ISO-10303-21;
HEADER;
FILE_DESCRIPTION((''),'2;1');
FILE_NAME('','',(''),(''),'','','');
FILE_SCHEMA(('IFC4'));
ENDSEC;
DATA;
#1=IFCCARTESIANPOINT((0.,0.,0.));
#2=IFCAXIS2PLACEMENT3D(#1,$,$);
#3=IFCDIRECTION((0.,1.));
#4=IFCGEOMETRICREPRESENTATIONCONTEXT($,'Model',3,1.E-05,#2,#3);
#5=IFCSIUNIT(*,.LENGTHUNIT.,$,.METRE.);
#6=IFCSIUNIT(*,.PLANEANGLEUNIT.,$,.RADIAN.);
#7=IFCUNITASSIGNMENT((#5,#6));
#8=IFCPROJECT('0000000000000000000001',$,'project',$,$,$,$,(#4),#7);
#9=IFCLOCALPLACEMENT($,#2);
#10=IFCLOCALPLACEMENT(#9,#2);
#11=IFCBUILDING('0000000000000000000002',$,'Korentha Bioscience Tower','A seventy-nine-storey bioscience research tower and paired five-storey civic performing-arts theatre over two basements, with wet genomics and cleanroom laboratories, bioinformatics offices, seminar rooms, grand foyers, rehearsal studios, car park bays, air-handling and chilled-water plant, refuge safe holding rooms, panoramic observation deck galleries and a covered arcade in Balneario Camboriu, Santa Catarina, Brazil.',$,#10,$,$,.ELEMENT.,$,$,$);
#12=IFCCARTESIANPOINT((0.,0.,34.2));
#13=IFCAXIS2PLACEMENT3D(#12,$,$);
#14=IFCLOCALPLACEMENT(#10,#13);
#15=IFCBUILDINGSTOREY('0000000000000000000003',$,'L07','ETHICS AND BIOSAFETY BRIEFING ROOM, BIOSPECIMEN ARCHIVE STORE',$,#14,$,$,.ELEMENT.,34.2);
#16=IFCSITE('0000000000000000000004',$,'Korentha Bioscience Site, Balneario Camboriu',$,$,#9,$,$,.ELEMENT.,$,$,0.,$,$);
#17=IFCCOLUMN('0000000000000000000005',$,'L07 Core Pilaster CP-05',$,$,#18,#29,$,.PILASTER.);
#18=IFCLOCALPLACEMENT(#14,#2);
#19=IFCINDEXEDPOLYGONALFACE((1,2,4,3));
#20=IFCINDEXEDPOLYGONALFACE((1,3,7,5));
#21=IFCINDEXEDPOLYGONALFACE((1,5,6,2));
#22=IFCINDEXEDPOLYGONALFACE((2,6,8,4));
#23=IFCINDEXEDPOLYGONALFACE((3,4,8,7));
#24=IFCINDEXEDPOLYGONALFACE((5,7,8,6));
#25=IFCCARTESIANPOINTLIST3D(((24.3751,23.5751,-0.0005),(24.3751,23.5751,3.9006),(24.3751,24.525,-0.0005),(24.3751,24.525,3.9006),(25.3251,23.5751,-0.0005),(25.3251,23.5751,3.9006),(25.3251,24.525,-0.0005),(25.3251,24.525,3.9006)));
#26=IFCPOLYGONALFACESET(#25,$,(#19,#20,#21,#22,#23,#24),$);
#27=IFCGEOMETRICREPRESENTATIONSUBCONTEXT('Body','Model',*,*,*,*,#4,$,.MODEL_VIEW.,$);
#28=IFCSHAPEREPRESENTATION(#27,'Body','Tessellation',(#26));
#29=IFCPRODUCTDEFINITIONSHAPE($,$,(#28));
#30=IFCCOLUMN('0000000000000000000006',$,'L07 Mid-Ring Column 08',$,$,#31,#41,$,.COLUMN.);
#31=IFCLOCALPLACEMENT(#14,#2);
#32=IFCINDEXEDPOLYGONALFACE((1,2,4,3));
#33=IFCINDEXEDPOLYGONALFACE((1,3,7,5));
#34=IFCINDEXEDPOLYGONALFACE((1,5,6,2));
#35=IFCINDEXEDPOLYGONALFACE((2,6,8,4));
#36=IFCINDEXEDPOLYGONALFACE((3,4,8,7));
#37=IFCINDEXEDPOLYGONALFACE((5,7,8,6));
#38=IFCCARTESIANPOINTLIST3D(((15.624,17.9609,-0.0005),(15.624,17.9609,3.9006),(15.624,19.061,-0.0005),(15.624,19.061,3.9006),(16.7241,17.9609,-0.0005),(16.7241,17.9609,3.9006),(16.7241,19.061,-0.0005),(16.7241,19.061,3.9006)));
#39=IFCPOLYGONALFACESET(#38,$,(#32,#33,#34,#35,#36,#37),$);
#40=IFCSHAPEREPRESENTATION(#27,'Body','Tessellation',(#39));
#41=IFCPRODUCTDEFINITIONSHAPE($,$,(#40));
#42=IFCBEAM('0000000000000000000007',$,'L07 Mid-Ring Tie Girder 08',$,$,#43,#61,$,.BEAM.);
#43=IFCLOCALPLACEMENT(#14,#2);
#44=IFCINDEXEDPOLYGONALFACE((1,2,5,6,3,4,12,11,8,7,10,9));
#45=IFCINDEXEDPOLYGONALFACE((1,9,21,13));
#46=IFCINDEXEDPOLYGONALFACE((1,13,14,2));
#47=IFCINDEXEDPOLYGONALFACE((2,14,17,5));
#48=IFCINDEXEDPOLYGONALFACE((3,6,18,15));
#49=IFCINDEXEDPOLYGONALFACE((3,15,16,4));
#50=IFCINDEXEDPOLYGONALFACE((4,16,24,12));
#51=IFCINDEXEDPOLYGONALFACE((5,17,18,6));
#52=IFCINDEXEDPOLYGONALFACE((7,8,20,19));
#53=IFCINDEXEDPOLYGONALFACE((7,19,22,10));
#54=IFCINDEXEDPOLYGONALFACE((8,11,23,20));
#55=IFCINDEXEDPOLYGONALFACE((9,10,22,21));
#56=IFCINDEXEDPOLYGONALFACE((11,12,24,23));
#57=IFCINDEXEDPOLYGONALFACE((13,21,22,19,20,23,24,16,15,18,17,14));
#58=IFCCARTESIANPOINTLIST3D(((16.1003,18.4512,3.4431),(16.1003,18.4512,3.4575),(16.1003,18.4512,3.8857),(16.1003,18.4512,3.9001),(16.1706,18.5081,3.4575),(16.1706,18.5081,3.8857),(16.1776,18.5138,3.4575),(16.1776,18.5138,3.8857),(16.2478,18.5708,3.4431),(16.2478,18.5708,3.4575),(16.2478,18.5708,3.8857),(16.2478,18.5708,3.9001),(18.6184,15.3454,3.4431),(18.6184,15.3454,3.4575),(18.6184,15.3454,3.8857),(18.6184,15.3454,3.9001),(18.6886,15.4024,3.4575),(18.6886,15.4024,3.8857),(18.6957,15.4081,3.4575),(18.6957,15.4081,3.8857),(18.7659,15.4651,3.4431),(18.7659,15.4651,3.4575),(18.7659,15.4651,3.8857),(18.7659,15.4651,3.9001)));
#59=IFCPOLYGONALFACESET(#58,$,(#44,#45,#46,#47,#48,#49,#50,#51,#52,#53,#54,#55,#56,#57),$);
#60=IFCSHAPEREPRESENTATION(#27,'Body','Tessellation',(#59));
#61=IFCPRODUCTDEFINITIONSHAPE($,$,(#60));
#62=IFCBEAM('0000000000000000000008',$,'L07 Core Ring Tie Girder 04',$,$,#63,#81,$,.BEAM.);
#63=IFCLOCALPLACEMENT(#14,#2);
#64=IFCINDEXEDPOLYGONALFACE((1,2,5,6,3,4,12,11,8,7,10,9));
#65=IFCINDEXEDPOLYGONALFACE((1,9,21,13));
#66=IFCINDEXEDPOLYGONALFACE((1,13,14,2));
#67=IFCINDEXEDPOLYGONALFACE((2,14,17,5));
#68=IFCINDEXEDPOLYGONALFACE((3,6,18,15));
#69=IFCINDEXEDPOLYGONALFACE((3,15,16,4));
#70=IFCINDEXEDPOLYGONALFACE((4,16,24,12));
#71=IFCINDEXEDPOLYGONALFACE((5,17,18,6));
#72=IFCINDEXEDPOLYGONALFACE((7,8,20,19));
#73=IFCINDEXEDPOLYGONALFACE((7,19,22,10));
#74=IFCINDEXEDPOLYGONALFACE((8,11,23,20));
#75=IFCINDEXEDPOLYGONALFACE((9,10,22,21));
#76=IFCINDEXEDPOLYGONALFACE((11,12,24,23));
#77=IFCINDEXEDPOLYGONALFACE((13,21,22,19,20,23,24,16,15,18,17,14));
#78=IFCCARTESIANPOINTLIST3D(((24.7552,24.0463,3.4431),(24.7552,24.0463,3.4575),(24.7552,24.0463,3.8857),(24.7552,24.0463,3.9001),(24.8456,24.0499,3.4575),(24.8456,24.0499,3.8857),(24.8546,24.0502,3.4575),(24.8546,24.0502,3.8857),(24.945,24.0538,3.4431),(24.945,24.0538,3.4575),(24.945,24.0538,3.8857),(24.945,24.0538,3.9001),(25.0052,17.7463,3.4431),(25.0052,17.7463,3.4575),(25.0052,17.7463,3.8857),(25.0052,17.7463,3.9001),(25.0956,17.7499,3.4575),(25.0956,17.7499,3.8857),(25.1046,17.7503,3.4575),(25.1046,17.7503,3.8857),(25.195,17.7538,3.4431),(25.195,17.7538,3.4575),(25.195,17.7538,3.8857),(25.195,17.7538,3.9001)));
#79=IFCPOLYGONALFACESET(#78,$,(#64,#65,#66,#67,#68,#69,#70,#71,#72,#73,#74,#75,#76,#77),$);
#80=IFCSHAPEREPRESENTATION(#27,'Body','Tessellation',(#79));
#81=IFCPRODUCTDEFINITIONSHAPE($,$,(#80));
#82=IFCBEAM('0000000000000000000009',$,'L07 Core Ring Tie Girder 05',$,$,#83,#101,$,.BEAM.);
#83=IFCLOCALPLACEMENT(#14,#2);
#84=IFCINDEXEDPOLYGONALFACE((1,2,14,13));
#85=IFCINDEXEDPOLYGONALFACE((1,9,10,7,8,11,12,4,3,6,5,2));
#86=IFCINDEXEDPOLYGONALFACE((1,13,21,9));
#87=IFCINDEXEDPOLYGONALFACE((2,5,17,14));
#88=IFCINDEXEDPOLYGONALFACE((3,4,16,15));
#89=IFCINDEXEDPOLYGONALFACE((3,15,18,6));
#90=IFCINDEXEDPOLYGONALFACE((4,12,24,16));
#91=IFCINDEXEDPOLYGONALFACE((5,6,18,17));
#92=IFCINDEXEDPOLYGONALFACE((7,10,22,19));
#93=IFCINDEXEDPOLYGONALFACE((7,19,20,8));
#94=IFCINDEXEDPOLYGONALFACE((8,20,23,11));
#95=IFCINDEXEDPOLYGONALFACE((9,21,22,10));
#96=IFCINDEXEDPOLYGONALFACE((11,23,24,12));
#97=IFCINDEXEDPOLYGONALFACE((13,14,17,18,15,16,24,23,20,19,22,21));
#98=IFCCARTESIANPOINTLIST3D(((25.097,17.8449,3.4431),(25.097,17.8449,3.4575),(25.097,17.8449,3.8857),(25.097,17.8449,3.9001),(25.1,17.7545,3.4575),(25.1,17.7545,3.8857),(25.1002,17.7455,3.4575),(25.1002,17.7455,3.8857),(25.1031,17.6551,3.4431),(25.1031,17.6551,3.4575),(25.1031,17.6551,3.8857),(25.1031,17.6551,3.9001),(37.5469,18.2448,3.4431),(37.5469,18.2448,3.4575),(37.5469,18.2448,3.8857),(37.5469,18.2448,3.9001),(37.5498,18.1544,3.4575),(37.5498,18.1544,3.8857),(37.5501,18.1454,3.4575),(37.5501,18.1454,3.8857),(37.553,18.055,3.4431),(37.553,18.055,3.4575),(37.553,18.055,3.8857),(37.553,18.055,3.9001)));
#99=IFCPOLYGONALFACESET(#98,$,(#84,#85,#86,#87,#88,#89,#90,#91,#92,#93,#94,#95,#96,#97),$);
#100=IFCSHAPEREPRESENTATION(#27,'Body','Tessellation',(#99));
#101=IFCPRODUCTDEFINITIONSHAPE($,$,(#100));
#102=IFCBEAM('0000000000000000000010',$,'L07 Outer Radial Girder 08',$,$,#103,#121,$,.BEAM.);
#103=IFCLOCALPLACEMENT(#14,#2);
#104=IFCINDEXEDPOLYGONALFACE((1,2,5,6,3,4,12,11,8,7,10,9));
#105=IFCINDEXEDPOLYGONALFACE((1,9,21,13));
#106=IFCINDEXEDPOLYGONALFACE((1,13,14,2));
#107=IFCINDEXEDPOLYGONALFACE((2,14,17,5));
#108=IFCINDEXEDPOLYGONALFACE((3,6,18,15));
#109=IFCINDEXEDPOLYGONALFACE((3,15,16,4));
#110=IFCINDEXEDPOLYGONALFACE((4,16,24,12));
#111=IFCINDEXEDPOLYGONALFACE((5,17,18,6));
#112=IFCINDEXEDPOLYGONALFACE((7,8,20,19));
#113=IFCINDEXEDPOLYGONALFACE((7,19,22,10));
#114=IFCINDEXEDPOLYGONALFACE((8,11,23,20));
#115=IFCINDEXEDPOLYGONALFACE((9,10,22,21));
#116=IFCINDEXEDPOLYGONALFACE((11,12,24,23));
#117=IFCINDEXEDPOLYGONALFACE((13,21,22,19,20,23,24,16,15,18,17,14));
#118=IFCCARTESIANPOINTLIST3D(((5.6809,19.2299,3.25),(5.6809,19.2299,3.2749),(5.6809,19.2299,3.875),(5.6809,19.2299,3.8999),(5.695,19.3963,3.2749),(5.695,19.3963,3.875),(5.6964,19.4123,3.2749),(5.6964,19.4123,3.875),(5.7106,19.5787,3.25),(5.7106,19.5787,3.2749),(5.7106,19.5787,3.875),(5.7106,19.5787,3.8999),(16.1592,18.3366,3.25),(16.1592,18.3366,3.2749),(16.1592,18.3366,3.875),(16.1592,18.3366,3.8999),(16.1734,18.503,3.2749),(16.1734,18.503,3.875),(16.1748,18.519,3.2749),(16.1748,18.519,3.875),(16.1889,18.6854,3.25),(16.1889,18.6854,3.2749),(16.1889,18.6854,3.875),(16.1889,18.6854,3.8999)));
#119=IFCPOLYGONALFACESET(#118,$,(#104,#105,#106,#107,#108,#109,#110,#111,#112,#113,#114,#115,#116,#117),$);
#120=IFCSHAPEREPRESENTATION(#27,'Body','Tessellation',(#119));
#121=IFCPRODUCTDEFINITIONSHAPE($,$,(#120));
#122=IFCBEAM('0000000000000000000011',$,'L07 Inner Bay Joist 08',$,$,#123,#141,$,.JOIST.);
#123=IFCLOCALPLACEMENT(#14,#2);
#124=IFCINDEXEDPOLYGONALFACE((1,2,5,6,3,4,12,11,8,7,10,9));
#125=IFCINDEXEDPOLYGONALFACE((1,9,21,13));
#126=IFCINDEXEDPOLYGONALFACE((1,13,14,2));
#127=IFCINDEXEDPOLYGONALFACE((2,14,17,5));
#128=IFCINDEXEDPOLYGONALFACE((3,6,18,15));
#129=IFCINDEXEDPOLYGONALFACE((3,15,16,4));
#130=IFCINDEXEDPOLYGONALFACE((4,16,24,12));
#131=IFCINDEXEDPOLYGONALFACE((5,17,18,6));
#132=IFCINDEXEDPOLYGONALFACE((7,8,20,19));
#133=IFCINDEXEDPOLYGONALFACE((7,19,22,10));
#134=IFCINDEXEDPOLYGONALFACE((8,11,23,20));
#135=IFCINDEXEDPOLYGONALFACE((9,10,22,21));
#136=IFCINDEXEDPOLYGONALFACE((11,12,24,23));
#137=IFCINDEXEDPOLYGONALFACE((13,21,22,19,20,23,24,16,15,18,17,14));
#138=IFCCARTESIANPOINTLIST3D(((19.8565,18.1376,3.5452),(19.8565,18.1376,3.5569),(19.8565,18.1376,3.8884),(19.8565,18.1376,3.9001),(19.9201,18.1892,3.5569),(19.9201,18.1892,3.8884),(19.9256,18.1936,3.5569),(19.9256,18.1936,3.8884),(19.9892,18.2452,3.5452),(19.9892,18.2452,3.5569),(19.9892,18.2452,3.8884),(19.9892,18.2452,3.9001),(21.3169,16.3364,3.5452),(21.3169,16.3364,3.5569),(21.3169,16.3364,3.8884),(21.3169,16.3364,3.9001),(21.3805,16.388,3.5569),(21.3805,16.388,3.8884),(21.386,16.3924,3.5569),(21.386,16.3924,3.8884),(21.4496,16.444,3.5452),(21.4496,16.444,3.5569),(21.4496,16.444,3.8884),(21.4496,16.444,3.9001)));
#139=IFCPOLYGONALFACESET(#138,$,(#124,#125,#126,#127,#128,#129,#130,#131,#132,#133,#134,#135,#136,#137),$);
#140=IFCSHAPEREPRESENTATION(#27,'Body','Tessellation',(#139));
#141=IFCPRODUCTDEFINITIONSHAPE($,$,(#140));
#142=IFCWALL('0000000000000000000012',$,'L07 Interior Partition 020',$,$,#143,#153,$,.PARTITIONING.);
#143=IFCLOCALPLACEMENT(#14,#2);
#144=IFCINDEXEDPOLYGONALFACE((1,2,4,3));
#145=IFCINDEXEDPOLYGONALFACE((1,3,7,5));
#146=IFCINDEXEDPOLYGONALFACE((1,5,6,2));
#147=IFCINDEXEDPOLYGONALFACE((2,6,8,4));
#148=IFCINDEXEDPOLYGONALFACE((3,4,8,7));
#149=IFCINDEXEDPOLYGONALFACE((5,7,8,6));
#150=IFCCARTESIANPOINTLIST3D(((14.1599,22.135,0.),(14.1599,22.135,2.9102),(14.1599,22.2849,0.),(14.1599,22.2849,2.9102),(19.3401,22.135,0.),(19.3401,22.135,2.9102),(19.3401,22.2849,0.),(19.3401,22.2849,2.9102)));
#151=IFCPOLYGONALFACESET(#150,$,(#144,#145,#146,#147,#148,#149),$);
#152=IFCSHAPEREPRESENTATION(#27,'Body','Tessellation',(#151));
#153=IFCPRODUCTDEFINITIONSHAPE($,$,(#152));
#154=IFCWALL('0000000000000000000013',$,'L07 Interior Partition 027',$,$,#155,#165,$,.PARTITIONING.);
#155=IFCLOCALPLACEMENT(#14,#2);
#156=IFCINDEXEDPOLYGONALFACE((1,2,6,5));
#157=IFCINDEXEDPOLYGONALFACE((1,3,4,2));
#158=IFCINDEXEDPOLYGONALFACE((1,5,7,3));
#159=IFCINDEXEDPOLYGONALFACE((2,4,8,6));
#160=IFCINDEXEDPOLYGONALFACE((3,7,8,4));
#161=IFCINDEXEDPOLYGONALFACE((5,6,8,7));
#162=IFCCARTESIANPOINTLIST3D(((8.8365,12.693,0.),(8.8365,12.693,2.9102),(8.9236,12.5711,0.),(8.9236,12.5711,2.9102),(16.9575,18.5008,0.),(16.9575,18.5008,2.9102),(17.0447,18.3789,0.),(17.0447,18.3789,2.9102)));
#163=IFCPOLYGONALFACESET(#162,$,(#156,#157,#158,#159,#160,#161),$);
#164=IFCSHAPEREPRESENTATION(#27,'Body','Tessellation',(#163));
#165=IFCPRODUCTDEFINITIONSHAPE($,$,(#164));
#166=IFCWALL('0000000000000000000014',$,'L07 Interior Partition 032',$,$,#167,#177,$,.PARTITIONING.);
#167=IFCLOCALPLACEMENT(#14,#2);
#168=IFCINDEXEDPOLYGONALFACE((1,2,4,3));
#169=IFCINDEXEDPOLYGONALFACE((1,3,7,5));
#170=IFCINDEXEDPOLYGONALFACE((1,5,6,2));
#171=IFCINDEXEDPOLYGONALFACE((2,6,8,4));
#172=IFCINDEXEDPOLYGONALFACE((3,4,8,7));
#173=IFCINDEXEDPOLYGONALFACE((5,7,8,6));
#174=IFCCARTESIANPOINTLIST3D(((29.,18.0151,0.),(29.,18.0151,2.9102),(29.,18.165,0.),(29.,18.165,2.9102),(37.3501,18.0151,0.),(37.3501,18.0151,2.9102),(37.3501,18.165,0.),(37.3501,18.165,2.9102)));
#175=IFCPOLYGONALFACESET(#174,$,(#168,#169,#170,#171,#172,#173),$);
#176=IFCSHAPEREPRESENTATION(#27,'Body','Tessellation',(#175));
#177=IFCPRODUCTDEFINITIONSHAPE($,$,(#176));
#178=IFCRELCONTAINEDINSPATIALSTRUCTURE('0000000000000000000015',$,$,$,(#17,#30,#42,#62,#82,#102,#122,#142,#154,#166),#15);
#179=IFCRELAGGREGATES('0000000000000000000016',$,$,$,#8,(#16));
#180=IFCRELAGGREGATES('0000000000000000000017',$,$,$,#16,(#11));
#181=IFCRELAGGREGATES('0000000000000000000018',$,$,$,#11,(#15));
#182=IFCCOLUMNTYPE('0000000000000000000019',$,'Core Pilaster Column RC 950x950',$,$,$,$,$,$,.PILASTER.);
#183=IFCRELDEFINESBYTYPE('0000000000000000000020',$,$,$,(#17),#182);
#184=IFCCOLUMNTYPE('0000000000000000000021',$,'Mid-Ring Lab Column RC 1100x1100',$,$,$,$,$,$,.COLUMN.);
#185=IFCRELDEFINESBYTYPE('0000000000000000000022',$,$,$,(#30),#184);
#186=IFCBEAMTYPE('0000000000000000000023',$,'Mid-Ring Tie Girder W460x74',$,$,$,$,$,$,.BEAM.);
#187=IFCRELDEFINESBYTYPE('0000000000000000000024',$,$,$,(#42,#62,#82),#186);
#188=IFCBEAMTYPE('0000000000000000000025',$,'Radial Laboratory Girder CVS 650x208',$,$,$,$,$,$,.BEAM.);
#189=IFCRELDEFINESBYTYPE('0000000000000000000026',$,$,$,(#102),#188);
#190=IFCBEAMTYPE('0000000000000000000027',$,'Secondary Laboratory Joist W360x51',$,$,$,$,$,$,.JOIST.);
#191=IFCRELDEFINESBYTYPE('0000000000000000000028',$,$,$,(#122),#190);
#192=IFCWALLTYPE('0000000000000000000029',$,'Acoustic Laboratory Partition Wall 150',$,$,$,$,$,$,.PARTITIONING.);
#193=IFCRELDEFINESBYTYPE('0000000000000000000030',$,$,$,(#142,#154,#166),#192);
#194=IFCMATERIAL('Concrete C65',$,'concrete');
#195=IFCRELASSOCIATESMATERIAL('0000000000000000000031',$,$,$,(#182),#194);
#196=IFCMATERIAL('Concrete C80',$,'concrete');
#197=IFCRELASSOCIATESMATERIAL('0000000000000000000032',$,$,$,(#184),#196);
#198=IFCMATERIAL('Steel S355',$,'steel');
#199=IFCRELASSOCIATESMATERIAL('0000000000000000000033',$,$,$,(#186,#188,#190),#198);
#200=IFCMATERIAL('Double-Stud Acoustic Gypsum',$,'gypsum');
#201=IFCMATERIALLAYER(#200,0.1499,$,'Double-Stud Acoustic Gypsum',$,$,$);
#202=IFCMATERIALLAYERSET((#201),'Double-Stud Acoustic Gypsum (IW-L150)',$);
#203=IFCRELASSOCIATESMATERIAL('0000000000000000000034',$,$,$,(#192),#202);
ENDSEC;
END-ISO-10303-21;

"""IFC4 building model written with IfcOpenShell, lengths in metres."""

from ifc_helpers import new_model, si_unit, direction, frame, frame_2d, origin, origin_2d, place, context, subcontext, project, spatial, rectangle, i_section, extrude, material, layer, layer_set, material_profile, profile_set, type_object, element, save


model = new_model("IFC4")

# Units and contexts
model_context = context("Model", 3, precision=1e-05, world=origin(), true_north=direction((0.0, 1.0)))
body_context = subcontext(model_context, "Body", "Model", "MODEL_VIEW")
ifc_project = project(units=[si_unit("LENGTHUNIT", "METRE"), si_unit("PLANEANGLEUNIT", "RADIAN")], contexts=[model_context])

# Site, building, storey
site_placement = place(None, origin())
site = spatial("IfcSite", under=ifc_project, at=site_placement, Name="Korentha Bioscience Site, Balneario Camboriu", CompositionType="ELEMENT", RefElevation=0.0)
building_placement = place(site_placement, origin())
building = spatial("IfcBuilding", under=site, at=building_placement, Name="Korentha Bioscience Tower", Description="A seventy-nine-storey bioscience research tower and paired five-storey civic performing-arts theatre over two basements, with wet genomics and cleanroom laboratories, bioinformatics offices, seminar rooms, grand foyers, rehearsal studios, car park bays, air-handling and chilled-water plant, refuge safe holding rooms, panoramic observation deck galleries and a covered arcade in Balneario Camboriu, Santa Catarina, Brazil.", CompositionType="ELEMENT")
storey_placement = place(building_placement, frame((0.0, 0.0, 34.2)))
storey = spatial("IfcBuildingStorey", under=building, at=storey_placement, Name="L07", Description="ETHICS AND BIOSAFETY BRIEFING ROOM, BIOSPECIMEN ARCHIVE STORE", CompositionType="ELEMENT", Elevation=34.2)

# Columns
ifc_material_1 = material(Name="Concrete C65", Category="concrete")
ifc_material_profile_1 = material_profile(ifc_material_1, rectangle(XDim=0.95, YDim=0.95, at=origin_2d()), Name="Concrete C65")
ifc_profile_set_1 = profile_set([ifc_material_profile_1], Name="Concrete C65 (COL-CP09)")
column_type_1 = type_object("IfcColumnType", Name="Core Pilaster Column RC 950x950", PredefinedType="PILASTER", material=ifc_profile_set_1)
column_1_placement = place(storey_placement, frame((24.8501, 24.05, -0.0005), z_axis=(0.0, 0.0, 1.0), x_axis=(1.0, 0.0, 0.0)))
element("IfcColumn", 1, at=column_1_placement, inside=storey, type_object=column_type_1, Name="L07 Core Pilaster CP-05", PredefinedType="PILASTER", context=body_context, shape_type="SweptSolid", body=[
    extrude(rectangle(XDim=0.95, YDim=0.95, at=origin_2d()), origin(), (0.0, 0.0, 1.0), 3.9011),
])
ifc_material_2 = material(Name="Concrete C80", Category="concrete")
ifc_material_profile_2 = material_profile(ifc_material_2, rectangle(XDim=1.1001, YDim=1.1001, at=origin_2d()), Name="Concrete C80")
ifc_profile_set_2 = profile_set([ifc_material_profile_2], Name="Concrete C80 (COL-MR11)")
column_type_2 = type_object("IfcColumnType", Name="Mid-Ring Lab Column RC 1100x1100", PredefinedType="COLUMN", material=ifc_profile_set_2)
column_2_placement = place(storey_placement, frame((16.1741, 18.511, -0.0005), z_axis=(0.0, 0.0, 1.0), x_axis=(1.0, 0.0, 0.0)))
element("IfcColumn", 2, at=column_2_placement, inside=storey, type_object=column_type_2, Name="L07 Mid-Ring Column 08", PredefinedType="COLUMN", context=body_context, shape_type="SweptSolid", body=[
    extrude(rectangle(XDim=1.1001, YDim=1.1001, at=origin_2d()), origin(), (0.0, 0.0, 1.0), 3.9011),
])

# Beams
ifc_material_3 = material(Name="Steel S355", Category="steel")
ifc_material_profile_3 = material_profile(ifc_material_3, i_section(OverallWidth=0.1899, OverallDepth=0.457, WebThickness=0.009, FlangeThickness=0.0144, at=origin_2d()), Name="Steel S355")
ifc_profile_set_3 = profile_set([ifc_material_profile_3], Name="Steel S355 (MB-460)")
beam_type_1 = type_object("IfcBeamType", Name="Mid-Ring Tie Girder W460x74", PredefinedType="BEAM", material=ifc_profile_set_3)
beam_1_placement = place(storey_placement, frame((16.1741, 18.511, 3.6716), z_axis=(0.62979, -0.776765, 0.0), x_axis=(0.776765, 0.62979, 0.0)))
element("IfcBeam", 3, at=beam_1_placement, inside=storey, type_object=beam_type_1, Name="L07 Mid-Ring Tie Girder 08", PredefinedType="BEAM", context=body_context, shape_type="SweptSolid", body=[
    extrude(i_section(OverallWidth=0.1899, OverallDepth=0.457, WebThickness=0.009, FlangeThickness=0.0144, at=origin_2d()), origin(), (0.0, 0.0, 1.0), 3.9983),
])
beam_2_placement = place(storey_placement, frame((24.8501, 24.05, 3.6716), z_axis=(0.039651, -0.999214, 0.0), x_axis=(0.999214, 0.039651, 0.0)))
element("IfcBeam", 4, at=beam_2_placement, inside=storey, type_object=beam_type_1, Name="L07 Core Ring Tie Girder 04", PredefinedType="BEAM", context=body_context, shape_type="SweptSolid", body=[
    extrude(i_section(OverallWidth=0.1899, OverallDepth=0.457, WebThickness=0.009, FlangeThickness=0.0144, at=origin_2d()), origin(), (0.0, 0.0, 1.0), 6.3049),
])
beam_3_placement = place(storey_placement, frame((25.1001, 17.75, 3.6716), z_axis=(0.999485, 0.032104, 0.0), x_axis=(-0.032104, 0.999485, 0.0)))
element("IfcBeam", 5, at=beam_3_placement, inside=storey, type_object=beam_type_1, Name="L07 Core Ring Tie Girder 05", PredefinedType="BEAM", context=body_context, shape_type="SweptSolid", body=[
    extrude(i_section(OverallWidth=0.1899, OverallDepth=0.457, WebThickness=0.009, FlangeThickness=0.0144, at=origin_2d()), origin(), (0.0, 0.0, 1.0), 12.4563),
])
ifc_material_profile_4 = material_profile(ifc_material_3, i_section(OverallWidth=0.3501, OverallDepth=0.6499, WebThickness=0.0161, FlangeThickness=0.0249, at=origin_2d()), Name="Steel S355")
ifc_profile_set_4 = profile_set([ifc_material_profile_4], Name="Steel S355 (RB-650)")
beam_type_2 = type_object("IfcBeamType", Name="Radial Laboratory Girder CVS 650x208", PredefinedType="BEAM", material=ifc_profile_set_4)
beam_4_placement = place(storey_placement, frame((16.1741, 18.511, 3.575), z_axis=(-0.996386, 0.084945, 0.0), x_axis=(-0.084945, -0.996386, 0.0)))
element("IfcBeam", 6, at=beam_4_placement, inside=storey, type_object=beam_type_2, Name="L07 Outer Radial Girder 08", PredefinedType="BEAM", context=body_context, shape_type="SweptSolid", body=[
    extrude(i_section(OverallWidth=0.3501, OverallDepth=0.6499, WebThickness=0.0161, FlangeThickness=0.0249, at=origin_2d()), origin(), (0.0, 0.0, 1.0), 10.5164),
])
ifc_material_profile_5 = material_profile(ifc_material_3, i_section(OverallWidth=0.1709, OverallDepth=0.355, WebThickness=0.0071, FlangeThickness=0.0117, at=origin_2d()), Name="Steel S355")
ifc_profile_set_5 = profile_set([ifc_material_profile_5], Name="Steel S355 (JB-360)")
beam_type_3 = type_object("IfcBeamType", Name="Secondary Laboratory Joist W360x51", PredefinedType="JOIST", material=ifc_profile_set_5)
beam_5_placement = place(storey_placement, frame((19.9229, 18.1914, 3.7227), z_axis=(0.629792, -0.776764, 0.0), x_axis=(0.776764, 0.629792, 0.0)))
element("IfcBeam", 7, at=beam_5_placement, inside=storey, type_object=beam_type_3, Name="L07 Inner Bay Joist 08", PredefinedType="JOIST", context=body_context, shape_type="SweptSolid", body=[
    extrude(i_section(OverallWidth=0.1709, OverallDepth=0.355, WebThickness=0.0071, FlangeThickness=0.0117, at=origin_2d()), origin(), (0.0, 0.0, 1.0), 2.3188),
])

# Walls
ifc_material_4 = material(Name="Double-Stud Acoustic Gypsum", Category="gypsum")
ifc_layer_1 = layer(ifc_material_4, 0.1499, Name="Double-Stud Acoustic Gypsum")
ifc_layer_set_1 = layer_set([ifc_layer_1], Name="Double-Stud Acoustic Gypsum (IW-L150)")
wall_type_1 = type_object("IfcWallType", Name="Acoustic Laboratory Partition Wall 150", PredefinedType="PARTITIONING", material=ifc_layer_set_1)
wall_1_placement = place(storey_placement, frame((19.3401, 22.21, 0.0), z_axis=(0.0, 0.0, 1.0), x_axis=(-1.0, 0.0, 0.0)))
element("IfcWall", 8, at=wall_1_placement, inside=storey, type_object=wall_type_1, Name="L07 Interior Partition 020", PredefinedType="PARTITIONING", context=body_context, shape_type="SweptSolid", body=[
    extrude(rectangle(XDim=5.1802, YDim=0.1499, at=frame_2d((2.5901, 0.0))), origin(), (0.0, 0.0, 1.0), 2.9102),
])
wall_2_placement = place(storey_placement, frame((17.0012, 18.4399, 0.0), z_axis=(0.0, 0.0, 1.0), x_axis=(-0.813398, -0.581708, 0.0)))
element("IfcWall", 9, at=wall_2_placement, inside=storey, type_object=wall_type_1, Name="L07 Interior Partition 027", PredefinedType="PARTITIONING", context=body_context, shape_type="SweptSolid", body=[
    extrude(rectangle(XDim=9.9841, YDim=0.1499, at=frame_2d((4.9922, 0.0))), origin(), (0.0, 0.0, 1.0), 2.9102),
])
wall_3_placement = place(storey_placement, frame((29.0, 18.0901, 0.0), z_axis=(0.0, 0.0, 1.0), x_axis=(1.0, 0.0, 0.0)))
element("IfcWall", 10, at=wall_3_placement, inside=storey, type_object=wall_type_1, Name="L07 Interior Partition 032", PredefinedType="PARTITIONING", context=body_context, shape_type="SweptSolid", body=[
    extrude(rectangle(XDim=8.3501, YDim=0.1499, at=frame_2d((4.175, 0.0))), origin(), (0.0, 0.0, 1.0), 2.9102),
])

save(model, "model.ifc")
